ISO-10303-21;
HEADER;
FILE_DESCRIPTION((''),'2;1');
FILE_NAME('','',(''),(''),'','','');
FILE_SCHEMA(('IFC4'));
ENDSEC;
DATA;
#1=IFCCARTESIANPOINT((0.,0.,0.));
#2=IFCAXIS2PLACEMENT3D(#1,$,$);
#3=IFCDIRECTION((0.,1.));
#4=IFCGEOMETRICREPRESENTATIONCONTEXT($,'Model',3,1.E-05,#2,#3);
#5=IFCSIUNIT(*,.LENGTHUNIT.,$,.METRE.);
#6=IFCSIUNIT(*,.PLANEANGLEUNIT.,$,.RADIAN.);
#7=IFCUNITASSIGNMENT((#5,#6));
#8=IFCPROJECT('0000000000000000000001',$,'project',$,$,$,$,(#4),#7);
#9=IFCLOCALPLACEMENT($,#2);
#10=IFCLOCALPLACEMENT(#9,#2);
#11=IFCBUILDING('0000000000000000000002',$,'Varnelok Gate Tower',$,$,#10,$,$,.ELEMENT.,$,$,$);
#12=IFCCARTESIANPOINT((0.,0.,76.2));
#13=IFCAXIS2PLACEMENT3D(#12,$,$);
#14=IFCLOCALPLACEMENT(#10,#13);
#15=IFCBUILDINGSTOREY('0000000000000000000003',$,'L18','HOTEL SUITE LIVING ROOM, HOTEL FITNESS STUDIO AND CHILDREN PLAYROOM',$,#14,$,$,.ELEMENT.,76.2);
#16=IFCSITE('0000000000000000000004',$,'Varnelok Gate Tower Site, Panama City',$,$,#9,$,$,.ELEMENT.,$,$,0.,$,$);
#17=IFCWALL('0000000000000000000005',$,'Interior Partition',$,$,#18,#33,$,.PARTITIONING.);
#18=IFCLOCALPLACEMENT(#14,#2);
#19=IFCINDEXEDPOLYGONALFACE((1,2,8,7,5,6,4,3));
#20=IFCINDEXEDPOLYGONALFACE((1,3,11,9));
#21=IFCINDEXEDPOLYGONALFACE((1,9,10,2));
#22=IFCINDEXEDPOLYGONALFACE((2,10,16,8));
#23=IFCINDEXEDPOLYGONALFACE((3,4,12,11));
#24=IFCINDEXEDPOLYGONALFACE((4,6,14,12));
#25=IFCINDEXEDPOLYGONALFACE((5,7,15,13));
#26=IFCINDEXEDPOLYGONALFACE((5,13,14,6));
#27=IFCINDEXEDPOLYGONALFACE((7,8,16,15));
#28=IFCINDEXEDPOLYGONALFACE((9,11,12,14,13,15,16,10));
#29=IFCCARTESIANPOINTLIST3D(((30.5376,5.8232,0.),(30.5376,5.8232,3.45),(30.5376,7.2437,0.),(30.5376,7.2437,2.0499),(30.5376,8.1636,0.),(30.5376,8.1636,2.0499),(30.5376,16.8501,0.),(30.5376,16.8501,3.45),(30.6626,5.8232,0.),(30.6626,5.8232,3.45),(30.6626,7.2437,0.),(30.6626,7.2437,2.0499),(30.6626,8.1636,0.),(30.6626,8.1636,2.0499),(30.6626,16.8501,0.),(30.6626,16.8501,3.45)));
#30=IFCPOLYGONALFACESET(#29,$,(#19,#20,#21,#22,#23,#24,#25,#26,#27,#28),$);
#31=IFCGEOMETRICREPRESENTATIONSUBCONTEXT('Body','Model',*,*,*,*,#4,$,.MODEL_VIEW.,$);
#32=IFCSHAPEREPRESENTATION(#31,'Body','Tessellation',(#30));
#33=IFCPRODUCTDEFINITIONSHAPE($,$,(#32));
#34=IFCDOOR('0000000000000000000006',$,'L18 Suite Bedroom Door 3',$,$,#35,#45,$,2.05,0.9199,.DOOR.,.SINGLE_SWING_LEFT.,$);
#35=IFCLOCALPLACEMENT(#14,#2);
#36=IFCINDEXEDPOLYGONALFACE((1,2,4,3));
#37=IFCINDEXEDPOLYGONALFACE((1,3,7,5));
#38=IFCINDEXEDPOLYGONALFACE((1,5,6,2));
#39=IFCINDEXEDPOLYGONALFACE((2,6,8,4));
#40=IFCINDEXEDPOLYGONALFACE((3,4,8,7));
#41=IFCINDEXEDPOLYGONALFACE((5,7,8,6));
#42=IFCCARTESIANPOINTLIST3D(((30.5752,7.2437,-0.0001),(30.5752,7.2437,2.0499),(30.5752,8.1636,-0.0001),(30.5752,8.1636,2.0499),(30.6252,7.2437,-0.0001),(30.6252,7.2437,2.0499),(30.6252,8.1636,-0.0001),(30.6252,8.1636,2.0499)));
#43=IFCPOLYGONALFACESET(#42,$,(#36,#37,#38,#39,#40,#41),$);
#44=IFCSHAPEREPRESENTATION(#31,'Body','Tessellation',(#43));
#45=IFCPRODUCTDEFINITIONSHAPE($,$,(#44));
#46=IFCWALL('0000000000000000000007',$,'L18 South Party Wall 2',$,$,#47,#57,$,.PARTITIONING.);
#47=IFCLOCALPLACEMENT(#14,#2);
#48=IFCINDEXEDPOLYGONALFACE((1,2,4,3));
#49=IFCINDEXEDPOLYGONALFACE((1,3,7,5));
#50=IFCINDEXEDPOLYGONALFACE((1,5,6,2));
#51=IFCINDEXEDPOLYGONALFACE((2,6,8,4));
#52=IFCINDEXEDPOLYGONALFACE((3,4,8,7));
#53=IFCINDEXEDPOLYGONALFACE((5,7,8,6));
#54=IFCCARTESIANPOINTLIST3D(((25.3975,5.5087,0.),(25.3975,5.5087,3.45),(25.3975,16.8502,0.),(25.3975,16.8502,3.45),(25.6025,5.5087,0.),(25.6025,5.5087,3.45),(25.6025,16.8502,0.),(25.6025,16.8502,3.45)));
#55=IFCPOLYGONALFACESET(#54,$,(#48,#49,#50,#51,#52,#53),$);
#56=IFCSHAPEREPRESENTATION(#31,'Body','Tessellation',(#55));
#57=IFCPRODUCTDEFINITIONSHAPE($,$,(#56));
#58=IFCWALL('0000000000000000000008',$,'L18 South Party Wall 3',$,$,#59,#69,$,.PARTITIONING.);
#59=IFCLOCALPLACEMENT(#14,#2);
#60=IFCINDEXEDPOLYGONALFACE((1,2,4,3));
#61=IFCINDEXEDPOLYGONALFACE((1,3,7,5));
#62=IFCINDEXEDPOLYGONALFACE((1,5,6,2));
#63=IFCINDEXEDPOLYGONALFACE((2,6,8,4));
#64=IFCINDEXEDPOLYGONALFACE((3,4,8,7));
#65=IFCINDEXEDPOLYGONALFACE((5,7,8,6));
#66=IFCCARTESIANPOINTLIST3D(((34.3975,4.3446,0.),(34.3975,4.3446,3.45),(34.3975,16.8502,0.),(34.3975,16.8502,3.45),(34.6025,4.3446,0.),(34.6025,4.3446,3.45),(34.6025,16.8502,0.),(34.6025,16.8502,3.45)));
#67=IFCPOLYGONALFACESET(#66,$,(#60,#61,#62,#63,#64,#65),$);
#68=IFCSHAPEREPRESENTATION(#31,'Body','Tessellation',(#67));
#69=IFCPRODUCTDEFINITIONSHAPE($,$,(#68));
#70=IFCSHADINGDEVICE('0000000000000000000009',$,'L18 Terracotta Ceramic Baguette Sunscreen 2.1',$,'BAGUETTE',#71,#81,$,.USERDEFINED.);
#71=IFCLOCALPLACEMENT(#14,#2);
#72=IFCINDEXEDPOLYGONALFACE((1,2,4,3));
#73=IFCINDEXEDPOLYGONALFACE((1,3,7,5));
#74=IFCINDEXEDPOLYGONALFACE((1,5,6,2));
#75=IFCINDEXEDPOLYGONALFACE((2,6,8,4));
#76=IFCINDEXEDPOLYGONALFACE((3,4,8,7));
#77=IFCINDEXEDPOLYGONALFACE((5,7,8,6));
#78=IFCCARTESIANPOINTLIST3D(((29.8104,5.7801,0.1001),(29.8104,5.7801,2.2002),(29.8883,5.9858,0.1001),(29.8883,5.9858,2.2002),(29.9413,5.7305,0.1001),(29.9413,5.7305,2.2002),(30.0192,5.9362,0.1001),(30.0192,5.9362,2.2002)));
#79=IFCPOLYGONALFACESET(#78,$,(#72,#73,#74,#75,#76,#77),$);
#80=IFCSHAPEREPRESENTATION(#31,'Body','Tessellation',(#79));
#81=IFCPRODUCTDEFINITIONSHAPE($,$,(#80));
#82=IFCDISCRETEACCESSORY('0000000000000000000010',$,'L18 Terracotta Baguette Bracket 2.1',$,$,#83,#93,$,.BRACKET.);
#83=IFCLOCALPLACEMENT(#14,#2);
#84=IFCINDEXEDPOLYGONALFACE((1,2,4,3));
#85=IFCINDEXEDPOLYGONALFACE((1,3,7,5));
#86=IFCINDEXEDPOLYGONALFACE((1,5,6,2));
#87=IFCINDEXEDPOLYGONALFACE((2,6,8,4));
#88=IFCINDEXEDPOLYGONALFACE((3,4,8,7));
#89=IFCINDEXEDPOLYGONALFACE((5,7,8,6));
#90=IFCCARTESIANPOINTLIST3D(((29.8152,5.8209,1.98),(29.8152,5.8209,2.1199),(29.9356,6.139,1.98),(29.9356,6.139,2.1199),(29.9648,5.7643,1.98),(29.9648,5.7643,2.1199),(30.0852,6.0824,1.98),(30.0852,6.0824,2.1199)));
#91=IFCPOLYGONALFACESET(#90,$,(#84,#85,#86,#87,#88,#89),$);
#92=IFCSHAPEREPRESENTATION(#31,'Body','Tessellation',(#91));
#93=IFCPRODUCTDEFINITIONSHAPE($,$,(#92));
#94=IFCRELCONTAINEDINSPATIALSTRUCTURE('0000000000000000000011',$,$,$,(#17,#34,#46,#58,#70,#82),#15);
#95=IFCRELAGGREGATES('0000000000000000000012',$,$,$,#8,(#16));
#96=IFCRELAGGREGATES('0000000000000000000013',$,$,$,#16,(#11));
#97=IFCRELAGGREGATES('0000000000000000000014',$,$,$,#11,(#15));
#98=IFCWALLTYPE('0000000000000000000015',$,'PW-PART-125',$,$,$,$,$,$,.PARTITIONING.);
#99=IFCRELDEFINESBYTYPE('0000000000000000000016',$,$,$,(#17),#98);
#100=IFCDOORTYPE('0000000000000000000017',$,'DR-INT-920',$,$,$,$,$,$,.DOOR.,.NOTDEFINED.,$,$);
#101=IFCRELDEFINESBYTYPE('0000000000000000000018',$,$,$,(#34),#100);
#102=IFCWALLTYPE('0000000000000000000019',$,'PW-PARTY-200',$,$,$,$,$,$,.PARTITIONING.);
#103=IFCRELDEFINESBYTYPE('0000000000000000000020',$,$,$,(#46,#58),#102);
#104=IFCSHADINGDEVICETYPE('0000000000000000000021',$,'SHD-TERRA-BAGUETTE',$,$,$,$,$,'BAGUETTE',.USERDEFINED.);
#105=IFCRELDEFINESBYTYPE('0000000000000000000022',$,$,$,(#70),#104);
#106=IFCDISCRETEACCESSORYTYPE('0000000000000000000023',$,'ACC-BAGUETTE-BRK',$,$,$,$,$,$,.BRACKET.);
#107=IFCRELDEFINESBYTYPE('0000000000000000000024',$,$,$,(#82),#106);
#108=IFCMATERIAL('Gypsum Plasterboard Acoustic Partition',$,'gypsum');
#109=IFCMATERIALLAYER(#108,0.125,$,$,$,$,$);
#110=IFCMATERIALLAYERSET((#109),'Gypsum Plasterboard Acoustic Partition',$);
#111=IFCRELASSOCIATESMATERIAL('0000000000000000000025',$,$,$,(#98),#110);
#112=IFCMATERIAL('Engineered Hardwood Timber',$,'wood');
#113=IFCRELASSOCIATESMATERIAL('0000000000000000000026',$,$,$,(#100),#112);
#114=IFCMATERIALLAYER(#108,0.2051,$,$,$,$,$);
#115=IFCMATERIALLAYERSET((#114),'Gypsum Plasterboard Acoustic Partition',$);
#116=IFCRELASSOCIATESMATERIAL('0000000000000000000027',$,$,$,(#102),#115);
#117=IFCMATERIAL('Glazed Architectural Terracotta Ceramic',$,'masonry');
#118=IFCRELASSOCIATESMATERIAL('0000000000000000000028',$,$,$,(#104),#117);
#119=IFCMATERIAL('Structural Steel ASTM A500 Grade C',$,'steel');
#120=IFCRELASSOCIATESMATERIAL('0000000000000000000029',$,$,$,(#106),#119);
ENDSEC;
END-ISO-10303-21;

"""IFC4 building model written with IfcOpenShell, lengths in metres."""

from ifc_helpers import new_model, si_unit, direction, frame, frame_2d, origin, origin_2d, place, context, subcontext, project, spatial, rectangle, extrude, source, transform, mapped, material, layer, layer_set, type_object, element, fill, save


model = new_model("IFC4")

# Units and contexts
model_context = context("Model", 3, precision=1e-05, world=origin(), true_north=direction((0.0, 1.0)))
body_context = subcontext(model_context, "Body", "Model", "MODEL_VIEW")
ifc_project = project(units=[si_unit("LENGTHUNIT", "METRE"), si_unit("PLANEANGLEUNIT", "RADIAN")], contexts=[model_context])

# Site, building, storey
site_placement = place(None, origin())
site = spatial("IfcSite", under=ifc_project, at=site_placement, Name="Varnelok Gate Tower Site, Panama City", CompositionType="ELEMENT", RefElevation=0.0)
building_placement = place(site_placement, origin())
building = spatial("IfcBuilding", under=site, at=building_placement, Name="Varnelok Gate Tower", CompositionType="ELEMENT")
storey_placement = place(building_placement, frame((0.0, 0.0, 76.2)))
storey = spatial("IfcBuildingStorey", under=building, at=storey_placement, Name="L18", Description="HOTEL SUITE LIVING ROOM, HOTEL FITNESS STUDIO AND CHILDREN PLAYROOM", CompositionType="ELEMENT", Elevation=76.2)

# Shared definitions
ifc_material_1 = material(Name="Gypsum Plasterboard Acoustic Partition", Category="gypsum")
ifc_material_2 = material(Name="Engineered Hardwood Timber", Category="wood")

# Wall, opening, door
ifc_layer_1 = layer(ifc_material_1, 0.125)
ifc_layer_set_1 = layer_set([ifc_layer_1], Name="Gypsum Plasterboard Acoustic Partition")
wall_type_1 = type_object("IfcWallType", Name="PW-PART-125", PredefinedType="PARTITIONING", material=ifc_layer_set_1)
door_type_1 = type_object("IfcDoorType", Name="DR-INT-920", OperationType="NOTDEFINED", PredefinedType="DOOR", material=ifc_material_2)
wall_1_placement = place(storey_placement, frame((30.6001, 5.8232, 0.0), z_axis=(0.0, 0.0, 1.0), x_axis=(0.0, 1.0, 0.0)))
wall_1 = element("IfcWall", 1, at=wall_1_placement, inside=storey, type_object=wall_type_1, Name="Interior Partition", PredefinedType="PARTITIONING", context=body_context, shape_type="SweptSolid", body=[
    extrude(rectangle(XDim=11.0269, YDim=0.125, at=frame_2d((5.5134, 0.0))), origin(), (0.0, 0.0, 1.0), 3.45),
])
opening_1_placement = place(wall_1_placement, frame((1.4204, 0.0, 0.0)))
opening_1 = element("IfcOpeningElement", 2, at=opening_1_placement, cuts=wall_1, PredefinedType="OPENING", context=body_context, shape_type="SweptSolid", body=[
    extrude(rectangle(XDim=0.9199, YDim=2.05, at=frame_2d((0.46, 1.0249))), frame((0.0, 0.0725, 0.0), z_axis=(0.0, -1.0, 0.0), x_axis=(1.0, 0.0, 0.0)), (0.0, 0.0, 1.0), 0.145),
])
door_1_placement = place(opening_1_placement, origin())
door_1 = element("IfcDoor", 3, at=door_1_placement, inside=storey, type_object=door_type_1, Name="L18 Suite Bedroom Door 3", OperationType="SINGLE_SWING_LEFT", OverallHeight=2.05, OverallWidth=0.9199, PredefinedType="DOOR", context=body_context, shape_type="SweptSolid", body=[
    extrude(rectangle(XDim=0.9199, YDim=2.05, at=frame_2d((0.46, 1.0249))), frame((0.0, 0.0249, 0.0), z_axis=(0.0, -1.0, 0.0), x_axis=(1.0, 0.0, 0.0)), (0.0, 0.0, 1.0), 0.05),
])
fill(opening_1, door_1)

# Walls
ifc_layer_2 = layer(ifc_material_1, 0.2051)
ifc_layer_set_2 = layer_set([ifc_layer_2], Name="Gypsum Plasterboard Acoustic Partition")
wall_type_2 = type_object("IfcWallType", Name="PW-PARTY-200", PredefinedType="PARTITIONING", material=ifc_layer_set_2)
wall_2_placement = place(storey_placement, frame((25.5, 5.5085, 0.0), z_axis=(0.0, 0.0, 1.0), x_axis=(0.0, 1.0, 0.0)))
element("IfcWall", 4, at=wall_2_placement, inside=storey, type_object=wall_type_2, Name="L18 South Party Wall 2", PredefinedType="PARTITIONING", context=body_context, shape_type="SweptSolid", body=[
    extrude(rectangle(XDim=11.3416, YDim=0.2051, at=frame_2d((5.6709, 0.0))), origin(), (0.0, 0.0, 1.0), 3.45),
])
wall_3_placement = place(storey_placement, frame((34.5, 4.3445, 0.0), z_axis=(0.0, 0.0, 1.0), x_axis=(0.0, 1.0, 0.0)))
element("IfcWall", 5, at=wall_3_placement, inside=storey, type_object=wall_type_2, Name="L18 South Party Wall 3", PredefinedType="PARTITIONING", context=body_context, shape_type="SweptSolid", body=[
    extrude(rectangle(XDim=12.5056, YDim=0.2051, at=frame_2d((6.2529, 0.0))), origin(), (0.0, 0.0, 1.0), 3.45),
])

# Shading device
ifc_material_3 = material(Name="Glazed Architectural Terracotta Ceramic", Category="masonry")
shading_device_type = type_object("IfcShadingDeviceType", Name="SHD-TERRA-BAGUETTE", ElementType="BAGUETTE", PredefinedType="USERDEFINED", material=ifc_material_3)
shared_shape_1 = source(origin(), body_context, "Body", "SweptSolid", [
    extrude(rectangle(XDim=0.1399, YDim=0.22, at=origin_2d()), origin(), (0.0, 0.0, 1.0), 2.1001),
])
shading_device_placement = place(storey_placement, frame((29.9148, 5.8582, 0.1001), z_axis=(0.0, 0.0, 1.0), x_axis=(0.935222, -0.354063, 0.0)))
element("IfcShadingDevice", 6, at=shading_device_placement, inside=storey, type_object=shading_device_type, Name="L18 Terracotta Ceramic Baguette Sunscreen 2.1", ObjectType="BAGUETTE", PredefinedType="USERDEFINED", context=body_context, shape_type="MappedRepresentation", body=[
    mapped(shared_shape_1, transform((0.0, 0.0, 0.0), scale=1.0)),
])

# Discrete accessory
ifc_material_4 = material(Name="Structural Steel ASTM A500 Grade C", Category="steel")
discrete_accessory_type = type_object("IfcDiscreteAccessoryType", Name="ACC-BAGUETTE-BRK", PredefinedType="BRACKET", material=ifc_material_4)
shared_shape_2 = source(origin(), body_context, "Body", "SweptSolid", [
    extrude(rectangle(XDim=0.1599, YDim=0.3401, at=origin_2d()), origin(), (0.0, 0.0, 1.0), 0.1399),
])
discrete_accessory_placement = place(storey_placement, frame((29.9502, 5.9517, 1.98), z_axis=(0.0, 0.0, 1.0), x_axis=(0.935222, -0.354063, 0.0)))
element("IfcDiscreteAccessory", 7, at=discrete_accessory_placement, inside=storey, type_object=discrete_accessory_type, Name="L18 Terracotta Baguette Bracket 2.1", PredefinedType="BRACKET", context=body_context, shape_type="MappedRepresentation", body=[
    mapped(shared_shape_2, transform((0.0, 0.0, 0.0), scale=1.0)),
])

save(model, "model.ifc")
